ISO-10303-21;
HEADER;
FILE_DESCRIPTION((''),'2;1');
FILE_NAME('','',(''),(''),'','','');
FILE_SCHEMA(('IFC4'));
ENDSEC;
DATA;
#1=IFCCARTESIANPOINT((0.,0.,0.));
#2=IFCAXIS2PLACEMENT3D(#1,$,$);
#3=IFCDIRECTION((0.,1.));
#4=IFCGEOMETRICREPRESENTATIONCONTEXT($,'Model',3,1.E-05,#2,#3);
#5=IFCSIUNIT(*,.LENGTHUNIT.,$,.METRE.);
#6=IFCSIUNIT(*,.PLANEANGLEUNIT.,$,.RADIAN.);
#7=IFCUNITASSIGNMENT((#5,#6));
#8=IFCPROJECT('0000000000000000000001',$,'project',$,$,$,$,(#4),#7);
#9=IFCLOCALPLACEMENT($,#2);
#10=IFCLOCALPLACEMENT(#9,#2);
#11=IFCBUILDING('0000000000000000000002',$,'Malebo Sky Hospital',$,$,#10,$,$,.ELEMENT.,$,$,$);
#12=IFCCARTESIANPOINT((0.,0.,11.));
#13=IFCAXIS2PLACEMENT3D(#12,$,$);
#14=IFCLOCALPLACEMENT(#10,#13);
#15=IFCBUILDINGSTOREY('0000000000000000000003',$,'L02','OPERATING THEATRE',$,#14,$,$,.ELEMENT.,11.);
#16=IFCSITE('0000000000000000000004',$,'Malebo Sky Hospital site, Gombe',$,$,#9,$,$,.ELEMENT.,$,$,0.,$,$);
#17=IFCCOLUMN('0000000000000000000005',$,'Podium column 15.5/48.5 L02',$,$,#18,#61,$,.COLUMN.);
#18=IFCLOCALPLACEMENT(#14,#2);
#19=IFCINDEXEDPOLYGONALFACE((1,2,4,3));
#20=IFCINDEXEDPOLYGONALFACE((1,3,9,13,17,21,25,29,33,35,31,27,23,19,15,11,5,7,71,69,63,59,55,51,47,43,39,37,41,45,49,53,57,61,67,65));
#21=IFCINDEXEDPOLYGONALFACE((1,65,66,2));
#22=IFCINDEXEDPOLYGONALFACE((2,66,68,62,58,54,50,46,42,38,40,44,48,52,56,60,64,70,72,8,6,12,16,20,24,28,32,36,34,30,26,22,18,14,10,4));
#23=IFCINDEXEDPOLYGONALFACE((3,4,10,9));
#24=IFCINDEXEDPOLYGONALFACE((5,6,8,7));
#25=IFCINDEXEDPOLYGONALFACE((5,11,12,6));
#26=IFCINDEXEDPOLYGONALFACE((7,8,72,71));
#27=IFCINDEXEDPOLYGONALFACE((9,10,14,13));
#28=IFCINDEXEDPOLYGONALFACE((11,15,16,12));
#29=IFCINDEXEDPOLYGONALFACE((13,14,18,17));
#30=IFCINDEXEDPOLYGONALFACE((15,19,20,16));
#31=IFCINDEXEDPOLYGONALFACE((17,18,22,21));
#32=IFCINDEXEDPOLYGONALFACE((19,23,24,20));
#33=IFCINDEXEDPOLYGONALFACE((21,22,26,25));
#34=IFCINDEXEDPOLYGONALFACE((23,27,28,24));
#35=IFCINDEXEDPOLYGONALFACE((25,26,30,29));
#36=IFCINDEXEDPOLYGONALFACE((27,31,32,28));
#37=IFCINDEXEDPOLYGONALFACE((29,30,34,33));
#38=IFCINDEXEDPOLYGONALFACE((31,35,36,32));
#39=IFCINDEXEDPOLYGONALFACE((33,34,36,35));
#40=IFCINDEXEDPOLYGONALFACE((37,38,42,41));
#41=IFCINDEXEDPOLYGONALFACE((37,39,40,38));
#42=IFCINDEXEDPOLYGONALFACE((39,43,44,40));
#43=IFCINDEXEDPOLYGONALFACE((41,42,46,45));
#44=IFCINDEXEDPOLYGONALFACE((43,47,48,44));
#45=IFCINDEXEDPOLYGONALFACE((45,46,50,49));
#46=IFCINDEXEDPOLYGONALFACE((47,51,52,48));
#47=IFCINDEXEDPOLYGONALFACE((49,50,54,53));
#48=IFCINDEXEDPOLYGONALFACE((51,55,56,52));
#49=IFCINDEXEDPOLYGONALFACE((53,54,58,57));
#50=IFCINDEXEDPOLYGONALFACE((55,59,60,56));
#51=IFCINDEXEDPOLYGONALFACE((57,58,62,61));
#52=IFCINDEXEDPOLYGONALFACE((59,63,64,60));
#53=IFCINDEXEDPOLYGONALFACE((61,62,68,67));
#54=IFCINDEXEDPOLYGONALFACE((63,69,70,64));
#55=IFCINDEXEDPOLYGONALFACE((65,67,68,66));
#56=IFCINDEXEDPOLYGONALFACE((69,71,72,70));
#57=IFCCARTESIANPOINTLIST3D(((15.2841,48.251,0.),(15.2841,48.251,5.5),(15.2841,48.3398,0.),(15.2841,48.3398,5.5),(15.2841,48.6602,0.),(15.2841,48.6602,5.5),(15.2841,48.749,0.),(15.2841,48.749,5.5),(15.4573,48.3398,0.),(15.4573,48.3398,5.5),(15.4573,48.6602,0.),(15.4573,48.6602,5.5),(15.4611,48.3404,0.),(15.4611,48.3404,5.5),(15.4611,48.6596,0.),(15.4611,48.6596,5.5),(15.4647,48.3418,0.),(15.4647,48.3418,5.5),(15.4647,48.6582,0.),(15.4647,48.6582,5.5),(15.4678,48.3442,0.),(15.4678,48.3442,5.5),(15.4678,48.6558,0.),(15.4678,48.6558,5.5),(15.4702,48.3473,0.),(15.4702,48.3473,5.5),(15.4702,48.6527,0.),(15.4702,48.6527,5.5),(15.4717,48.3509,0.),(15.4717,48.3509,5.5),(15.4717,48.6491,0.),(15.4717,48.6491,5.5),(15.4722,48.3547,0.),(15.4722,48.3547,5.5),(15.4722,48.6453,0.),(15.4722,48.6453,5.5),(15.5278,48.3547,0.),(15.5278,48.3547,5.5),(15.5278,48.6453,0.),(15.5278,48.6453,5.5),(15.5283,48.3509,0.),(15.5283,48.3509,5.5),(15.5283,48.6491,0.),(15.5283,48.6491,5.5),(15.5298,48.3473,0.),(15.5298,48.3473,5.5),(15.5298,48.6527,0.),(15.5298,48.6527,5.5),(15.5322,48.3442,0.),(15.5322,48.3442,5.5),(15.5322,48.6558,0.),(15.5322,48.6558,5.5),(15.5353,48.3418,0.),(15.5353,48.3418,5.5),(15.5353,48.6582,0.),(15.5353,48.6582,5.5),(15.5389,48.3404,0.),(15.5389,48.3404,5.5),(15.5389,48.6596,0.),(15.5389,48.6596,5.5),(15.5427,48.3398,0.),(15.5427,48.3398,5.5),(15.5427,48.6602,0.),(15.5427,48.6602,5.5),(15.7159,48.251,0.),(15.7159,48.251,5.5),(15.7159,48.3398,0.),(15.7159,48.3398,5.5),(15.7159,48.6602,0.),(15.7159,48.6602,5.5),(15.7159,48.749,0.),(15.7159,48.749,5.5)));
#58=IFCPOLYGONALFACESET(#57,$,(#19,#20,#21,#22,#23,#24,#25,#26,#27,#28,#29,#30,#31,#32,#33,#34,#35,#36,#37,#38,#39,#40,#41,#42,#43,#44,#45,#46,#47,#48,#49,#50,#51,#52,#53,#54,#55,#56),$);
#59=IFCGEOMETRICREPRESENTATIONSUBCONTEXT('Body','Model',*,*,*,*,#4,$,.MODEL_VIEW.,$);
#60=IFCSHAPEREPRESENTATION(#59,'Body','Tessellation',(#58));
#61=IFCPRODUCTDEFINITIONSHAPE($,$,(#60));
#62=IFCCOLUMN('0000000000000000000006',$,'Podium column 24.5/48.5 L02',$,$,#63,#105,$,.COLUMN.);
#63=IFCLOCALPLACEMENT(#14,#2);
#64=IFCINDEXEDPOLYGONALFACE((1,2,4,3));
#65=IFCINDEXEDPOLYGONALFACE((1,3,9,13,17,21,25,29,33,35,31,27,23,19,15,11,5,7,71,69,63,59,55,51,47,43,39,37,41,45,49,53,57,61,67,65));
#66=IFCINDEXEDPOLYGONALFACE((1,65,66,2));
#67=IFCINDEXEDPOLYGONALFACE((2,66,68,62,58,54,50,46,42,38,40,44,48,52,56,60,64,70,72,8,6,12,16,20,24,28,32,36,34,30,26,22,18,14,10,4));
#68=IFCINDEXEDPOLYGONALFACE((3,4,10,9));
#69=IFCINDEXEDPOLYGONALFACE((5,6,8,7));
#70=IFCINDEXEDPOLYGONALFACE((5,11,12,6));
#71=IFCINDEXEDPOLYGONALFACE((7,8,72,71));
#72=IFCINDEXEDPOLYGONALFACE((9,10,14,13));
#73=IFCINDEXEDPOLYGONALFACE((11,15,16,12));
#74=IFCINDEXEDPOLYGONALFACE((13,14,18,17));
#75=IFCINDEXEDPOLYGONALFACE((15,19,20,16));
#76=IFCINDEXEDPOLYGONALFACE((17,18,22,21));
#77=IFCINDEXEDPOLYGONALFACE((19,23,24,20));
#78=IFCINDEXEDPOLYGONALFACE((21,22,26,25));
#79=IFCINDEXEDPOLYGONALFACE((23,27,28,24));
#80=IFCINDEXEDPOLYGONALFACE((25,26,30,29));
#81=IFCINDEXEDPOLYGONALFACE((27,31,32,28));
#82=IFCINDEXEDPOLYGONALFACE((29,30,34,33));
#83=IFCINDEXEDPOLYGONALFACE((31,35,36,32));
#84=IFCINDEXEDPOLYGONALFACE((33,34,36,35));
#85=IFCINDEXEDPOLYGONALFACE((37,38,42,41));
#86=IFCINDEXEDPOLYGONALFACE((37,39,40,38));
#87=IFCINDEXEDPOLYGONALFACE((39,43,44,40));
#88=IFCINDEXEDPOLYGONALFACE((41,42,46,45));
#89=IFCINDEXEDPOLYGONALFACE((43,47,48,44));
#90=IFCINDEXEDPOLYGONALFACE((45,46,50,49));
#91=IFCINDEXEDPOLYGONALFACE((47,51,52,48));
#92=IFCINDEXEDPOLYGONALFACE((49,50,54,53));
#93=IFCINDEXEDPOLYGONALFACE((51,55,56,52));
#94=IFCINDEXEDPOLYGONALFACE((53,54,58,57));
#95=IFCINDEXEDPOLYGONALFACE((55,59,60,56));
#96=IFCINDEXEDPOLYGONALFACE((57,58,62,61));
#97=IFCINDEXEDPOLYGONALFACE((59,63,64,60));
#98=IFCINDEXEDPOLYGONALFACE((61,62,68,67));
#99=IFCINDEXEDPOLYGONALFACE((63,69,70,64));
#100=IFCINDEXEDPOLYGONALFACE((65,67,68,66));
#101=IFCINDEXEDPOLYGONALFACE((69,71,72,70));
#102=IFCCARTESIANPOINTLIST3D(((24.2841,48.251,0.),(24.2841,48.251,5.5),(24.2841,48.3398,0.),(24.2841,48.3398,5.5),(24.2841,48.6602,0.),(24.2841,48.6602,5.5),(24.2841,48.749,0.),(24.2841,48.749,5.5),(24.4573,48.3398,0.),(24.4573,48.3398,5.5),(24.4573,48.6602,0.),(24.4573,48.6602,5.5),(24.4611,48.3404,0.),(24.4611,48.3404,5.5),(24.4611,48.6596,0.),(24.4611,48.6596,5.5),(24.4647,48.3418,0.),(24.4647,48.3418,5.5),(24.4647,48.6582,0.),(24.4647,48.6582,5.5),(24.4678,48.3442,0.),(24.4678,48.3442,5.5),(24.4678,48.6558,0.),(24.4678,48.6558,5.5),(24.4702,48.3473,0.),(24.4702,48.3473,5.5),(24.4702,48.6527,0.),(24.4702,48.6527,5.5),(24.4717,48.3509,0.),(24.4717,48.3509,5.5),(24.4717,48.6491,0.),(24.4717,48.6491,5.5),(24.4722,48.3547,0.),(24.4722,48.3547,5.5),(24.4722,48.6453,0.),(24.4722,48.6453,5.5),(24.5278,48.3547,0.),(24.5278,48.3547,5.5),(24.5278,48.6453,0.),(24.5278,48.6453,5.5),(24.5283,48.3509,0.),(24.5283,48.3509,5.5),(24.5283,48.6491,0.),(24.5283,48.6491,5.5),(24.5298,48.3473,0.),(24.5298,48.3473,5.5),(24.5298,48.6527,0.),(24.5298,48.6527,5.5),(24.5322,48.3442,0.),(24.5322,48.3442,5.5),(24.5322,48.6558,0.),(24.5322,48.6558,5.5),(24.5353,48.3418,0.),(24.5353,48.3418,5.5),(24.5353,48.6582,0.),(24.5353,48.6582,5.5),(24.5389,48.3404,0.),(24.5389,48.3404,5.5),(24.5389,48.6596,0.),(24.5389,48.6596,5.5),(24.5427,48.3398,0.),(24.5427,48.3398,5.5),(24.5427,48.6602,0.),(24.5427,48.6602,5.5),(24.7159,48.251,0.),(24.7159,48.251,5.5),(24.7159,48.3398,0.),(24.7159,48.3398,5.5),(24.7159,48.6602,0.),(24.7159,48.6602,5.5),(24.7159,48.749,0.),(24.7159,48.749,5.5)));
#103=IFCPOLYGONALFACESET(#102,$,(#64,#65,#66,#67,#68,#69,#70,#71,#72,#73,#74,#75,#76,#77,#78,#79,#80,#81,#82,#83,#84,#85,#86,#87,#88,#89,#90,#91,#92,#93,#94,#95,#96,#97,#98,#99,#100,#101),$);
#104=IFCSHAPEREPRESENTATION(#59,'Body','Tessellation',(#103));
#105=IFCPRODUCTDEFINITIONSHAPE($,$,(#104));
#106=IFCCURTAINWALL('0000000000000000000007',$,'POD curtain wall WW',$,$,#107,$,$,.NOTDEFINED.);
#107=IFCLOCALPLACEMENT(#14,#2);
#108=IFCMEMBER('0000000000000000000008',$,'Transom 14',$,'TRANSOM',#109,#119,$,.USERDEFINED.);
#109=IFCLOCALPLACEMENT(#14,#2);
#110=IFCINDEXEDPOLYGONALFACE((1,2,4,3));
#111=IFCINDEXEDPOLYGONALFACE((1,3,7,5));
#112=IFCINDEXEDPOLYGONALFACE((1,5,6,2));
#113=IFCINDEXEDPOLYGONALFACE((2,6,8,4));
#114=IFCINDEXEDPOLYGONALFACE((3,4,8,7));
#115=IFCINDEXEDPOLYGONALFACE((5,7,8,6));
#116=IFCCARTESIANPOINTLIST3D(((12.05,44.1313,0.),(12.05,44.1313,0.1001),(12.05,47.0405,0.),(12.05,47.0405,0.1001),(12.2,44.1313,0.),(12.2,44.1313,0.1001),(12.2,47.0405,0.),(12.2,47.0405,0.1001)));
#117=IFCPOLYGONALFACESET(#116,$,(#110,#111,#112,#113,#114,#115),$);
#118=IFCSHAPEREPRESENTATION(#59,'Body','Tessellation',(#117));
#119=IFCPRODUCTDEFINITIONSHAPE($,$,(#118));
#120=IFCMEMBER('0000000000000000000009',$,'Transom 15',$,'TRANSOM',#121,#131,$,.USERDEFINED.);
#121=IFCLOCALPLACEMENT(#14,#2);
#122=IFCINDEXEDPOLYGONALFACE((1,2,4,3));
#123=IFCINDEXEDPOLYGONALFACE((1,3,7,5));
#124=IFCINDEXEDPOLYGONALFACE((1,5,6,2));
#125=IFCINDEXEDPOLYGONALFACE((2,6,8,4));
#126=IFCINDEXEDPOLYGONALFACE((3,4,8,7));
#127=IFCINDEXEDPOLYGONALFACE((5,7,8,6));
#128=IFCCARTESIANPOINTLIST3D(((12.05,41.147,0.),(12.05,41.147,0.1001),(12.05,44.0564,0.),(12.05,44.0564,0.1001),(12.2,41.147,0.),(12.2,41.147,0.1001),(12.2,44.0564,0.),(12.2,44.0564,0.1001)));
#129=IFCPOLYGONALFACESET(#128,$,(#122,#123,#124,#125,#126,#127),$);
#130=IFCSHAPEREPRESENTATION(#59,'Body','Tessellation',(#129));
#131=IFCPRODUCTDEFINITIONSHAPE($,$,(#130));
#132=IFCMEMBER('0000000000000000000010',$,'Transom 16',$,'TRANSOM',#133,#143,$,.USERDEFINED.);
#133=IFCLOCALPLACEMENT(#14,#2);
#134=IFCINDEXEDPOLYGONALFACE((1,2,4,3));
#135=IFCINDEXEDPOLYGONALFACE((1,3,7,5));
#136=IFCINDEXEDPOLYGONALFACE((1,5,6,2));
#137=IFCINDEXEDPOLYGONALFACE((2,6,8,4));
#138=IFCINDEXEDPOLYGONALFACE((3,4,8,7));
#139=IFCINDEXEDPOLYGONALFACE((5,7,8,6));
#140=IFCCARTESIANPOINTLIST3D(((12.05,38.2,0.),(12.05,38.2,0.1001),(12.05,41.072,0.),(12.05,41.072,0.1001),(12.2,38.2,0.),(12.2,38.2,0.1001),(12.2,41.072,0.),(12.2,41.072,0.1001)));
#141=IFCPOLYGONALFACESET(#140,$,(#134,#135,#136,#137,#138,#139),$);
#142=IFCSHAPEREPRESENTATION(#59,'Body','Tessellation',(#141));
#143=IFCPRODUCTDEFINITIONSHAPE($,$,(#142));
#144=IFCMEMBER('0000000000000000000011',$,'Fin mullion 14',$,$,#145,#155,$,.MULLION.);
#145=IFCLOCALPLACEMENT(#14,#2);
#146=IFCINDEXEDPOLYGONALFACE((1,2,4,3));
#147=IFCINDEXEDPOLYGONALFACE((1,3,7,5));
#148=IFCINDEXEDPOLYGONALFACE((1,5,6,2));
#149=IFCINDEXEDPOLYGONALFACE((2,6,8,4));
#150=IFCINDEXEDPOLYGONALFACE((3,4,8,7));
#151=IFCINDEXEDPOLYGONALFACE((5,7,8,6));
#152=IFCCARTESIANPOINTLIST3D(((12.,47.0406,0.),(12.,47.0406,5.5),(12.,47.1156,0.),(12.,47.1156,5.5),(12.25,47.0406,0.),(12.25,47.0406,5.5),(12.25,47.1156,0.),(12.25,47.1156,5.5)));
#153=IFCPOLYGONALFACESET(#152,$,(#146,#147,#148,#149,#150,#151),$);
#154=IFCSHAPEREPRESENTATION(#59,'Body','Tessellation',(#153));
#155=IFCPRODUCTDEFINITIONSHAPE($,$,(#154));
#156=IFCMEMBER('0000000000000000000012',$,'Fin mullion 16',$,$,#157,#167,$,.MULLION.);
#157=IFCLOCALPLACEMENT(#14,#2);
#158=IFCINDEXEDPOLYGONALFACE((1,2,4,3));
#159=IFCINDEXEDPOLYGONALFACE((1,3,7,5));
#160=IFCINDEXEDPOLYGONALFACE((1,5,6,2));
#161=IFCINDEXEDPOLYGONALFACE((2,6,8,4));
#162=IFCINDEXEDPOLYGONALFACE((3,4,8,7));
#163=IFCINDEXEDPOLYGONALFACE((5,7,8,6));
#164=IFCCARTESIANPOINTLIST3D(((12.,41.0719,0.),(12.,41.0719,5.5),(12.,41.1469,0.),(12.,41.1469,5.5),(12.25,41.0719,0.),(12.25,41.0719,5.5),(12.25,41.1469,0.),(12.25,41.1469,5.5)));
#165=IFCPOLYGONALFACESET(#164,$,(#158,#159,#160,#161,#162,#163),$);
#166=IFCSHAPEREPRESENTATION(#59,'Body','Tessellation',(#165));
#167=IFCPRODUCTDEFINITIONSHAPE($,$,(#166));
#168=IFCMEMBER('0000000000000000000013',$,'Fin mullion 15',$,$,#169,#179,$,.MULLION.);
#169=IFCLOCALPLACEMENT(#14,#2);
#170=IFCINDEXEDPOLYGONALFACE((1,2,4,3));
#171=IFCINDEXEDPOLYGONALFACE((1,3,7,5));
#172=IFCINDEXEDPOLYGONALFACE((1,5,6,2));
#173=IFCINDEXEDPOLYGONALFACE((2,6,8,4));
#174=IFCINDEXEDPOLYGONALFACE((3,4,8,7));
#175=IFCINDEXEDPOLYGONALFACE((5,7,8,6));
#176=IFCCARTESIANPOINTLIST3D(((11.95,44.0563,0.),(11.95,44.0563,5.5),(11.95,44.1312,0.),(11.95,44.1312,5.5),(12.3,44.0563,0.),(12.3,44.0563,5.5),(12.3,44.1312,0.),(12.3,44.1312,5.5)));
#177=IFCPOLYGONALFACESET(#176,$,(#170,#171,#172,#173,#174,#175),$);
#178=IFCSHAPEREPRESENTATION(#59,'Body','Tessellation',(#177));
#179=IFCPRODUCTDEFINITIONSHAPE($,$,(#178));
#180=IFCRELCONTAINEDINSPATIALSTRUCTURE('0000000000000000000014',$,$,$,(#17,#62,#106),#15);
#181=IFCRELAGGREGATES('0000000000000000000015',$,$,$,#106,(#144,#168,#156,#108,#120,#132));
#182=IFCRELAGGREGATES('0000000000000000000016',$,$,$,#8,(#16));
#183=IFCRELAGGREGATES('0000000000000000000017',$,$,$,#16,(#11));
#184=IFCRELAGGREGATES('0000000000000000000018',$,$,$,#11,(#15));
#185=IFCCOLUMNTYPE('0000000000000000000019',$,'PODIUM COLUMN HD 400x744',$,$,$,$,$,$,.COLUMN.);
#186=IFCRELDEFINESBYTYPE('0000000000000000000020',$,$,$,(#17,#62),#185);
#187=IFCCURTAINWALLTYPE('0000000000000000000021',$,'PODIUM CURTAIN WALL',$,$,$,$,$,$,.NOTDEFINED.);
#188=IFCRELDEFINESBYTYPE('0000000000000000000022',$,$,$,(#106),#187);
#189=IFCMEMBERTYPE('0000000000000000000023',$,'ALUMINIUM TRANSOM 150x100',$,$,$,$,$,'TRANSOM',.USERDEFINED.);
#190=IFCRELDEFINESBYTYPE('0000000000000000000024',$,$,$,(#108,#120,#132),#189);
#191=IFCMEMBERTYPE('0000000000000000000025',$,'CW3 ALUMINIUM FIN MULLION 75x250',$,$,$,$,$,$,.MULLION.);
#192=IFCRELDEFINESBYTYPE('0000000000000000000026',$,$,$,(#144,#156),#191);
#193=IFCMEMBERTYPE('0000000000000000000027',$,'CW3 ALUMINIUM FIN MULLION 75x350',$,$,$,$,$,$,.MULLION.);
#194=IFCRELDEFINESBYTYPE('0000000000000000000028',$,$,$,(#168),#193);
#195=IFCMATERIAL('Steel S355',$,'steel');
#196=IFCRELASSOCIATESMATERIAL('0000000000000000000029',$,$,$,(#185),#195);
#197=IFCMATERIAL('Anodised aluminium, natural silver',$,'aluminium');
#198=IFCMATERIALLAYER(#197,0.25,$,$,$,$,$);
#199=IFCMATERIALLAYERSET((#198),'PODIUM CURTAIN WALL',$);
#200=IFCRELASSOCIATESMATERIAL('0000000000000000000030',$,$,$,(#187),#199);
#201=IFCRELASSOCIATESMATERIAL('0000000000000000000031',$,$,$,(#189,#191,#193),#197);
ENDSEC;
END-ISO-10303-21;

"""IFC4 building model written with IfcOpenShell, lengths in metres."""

from ifc_helpers import new_model, si_unit, direction, frame, origin, origin_2d, place, context, subcontext, project, spatial, rectangle, i_section, extrude, material, layer, layer_set, material_profile, profile_set, type_object, element, aggregate, save


model = new_model("IFC4")

# Units and contexts
model_context = context("Model", 3, precision=1e-05, world=origin(), true_north=direction((0.0, 1.0)))
body_context = subcontext(model_context, "Body", "Model", "MODEL_VIEW")
ifc_project = project(units=[si_unit("LENGTHUNIT", "METRE"), si_unit("PLANEANGLEUNIT", "RADIAN")], contexts=[model_context])

# Site, building, storey
site_placement = place(None, origin())
site = spatial("IfcSite", under=ifc_project, at=site_placement, Name="Malebo Sky Hospital site, Gombe", CompositionType="ELEMENT", RefElevation=0.0)
building_placement = place(site_placement, origin())
building = spatial("IfcBuilding", under=site, at=building_placement, Name="Malebo Sky Hospital", CompositionType="ELEMENT")
storey_placement = place(building_placement, frame((0.0, 0.0, 11.0)))
storey = spatial("IfcBuildingStorey", under=building, at=storey_placement, Name="L02", Description="OPERATING THEATRE", CompositionType="ELEMENT", Elevation=11.0)

# Columns
ifc_material_1 = material(Name="Steel S355", Category="steel")
ifc_material_profile_1 = material_profile(ifc_material_1, i_section(OverallWidth=0.4319, OverallDepth=0.498, WebThickness=0.0557, FlangeThickness=0.0889, FilletRadius=0.0149, at=origin_2d()), Name="HD 400x744")
ifc_profile_set_1 = profile_set([ifc_material_profile_1], Name="Steel S355")
column_type = type_object("IfcColumnType", Name="PODIUM COLUMN HD 400x744", PredefinedType="COLUMN", material=ifc_profile_set_1)
for number, where, z_axis, x_axis, name in (
    (1, (15.5, 48.5, 0.0), (0.0, 0.0, 1.0), (1.0, 0.0, 0.0), "Podium column 15.5/48.5 L02"),
    (2, (24.5, 48.5, 0.0), (0.0, 0.0, 1.0), (1.0, 0.0, 0.0), "Podium column 24.5/48.5 L02"),
):
    element("IfcColumn", number, at=place(storey_placement, frame(where, z_axis=z_axis, x_axis=x_axis)), inside=storey, type_object=column_type, Name=name, PredefinedType="COLUMN", context=body_context, shape_type="SweptSolid", body=[
        extrude(i_section(OverallWidth=0.4319, OverallDepth=0.498, WebThickness=0.0557, FlangeThickness=0.0889, FilletRadius=0.0149, at=origin_2d()), origin(), (0.0, 0.0, 1.0), 5.5),
    ])

# Curtain wall, members
ifc_material_2 = material(Name="Anodised aluminium, natural silver", Category="aluminium")
ifc_layer_1 = layer(ifc_material_2, 0.25)
ifc_layer_set_1 = layer_set([ifc_layer_1], Name="PODIUM CURTAIN WALL")
curtain_wall_type = type_object("IfcCurtainWallType", Name="PODIUM CURTAIN WALL", PredefinedType="NOTDEFINED", material=ifc_layer_set_1)
curtain_wall_placement = place(storey_placement, origin())
curtain_wall = element("IfcCurtainWall", 3, at=curtain_wall_placement, inside=storey, type_object=curtain_wall_type, Name="POD curtain wall WW", PredefinedType="NOTDEFINED")
ifc_material_profile_2 = material_profile(ifc_material_2, rectangle(XDim=0.1499, YDim=0.1001, at=origin_2d()), Name="ALUMINIUM TRANSOM 150x100")
ifc_profile_set_2 = profile_set([ifc_material_profile_2], Name="Anodised aluminium, natural silver")
member_type_1 = type_object("IfcMemberType", Name="ALUMINIUM TRANSOM 150x100", ElementType="TRANSOM", PredefinedType="USERDEFINED", material=ifc_profile_set_2)
member_1_placement = place(storey_placement, frame((12.125, 47.0405, 0.05), z_axis=(0.0, -1.0, 0.0), x_axis=(1.0, 0.0, 0.0)))
member_1 = element("IfcMember", 4, at=member_1_placement, type_object=member_type_1, Name="Transom 14", ObjectType="TRANSOM", PredefinedType="USERDEFINED", context=body_context, shape_type="SweptSolid", body=[
    extrude(rectangle(XDim=0.1499, YDim=0.1001, at=origin_2d()), origin(), (0.0, 0.0, 1.0), 2.9092),
])
member_2_placement = place(storey_placement, frame((12.125, 44.0564, 0.05), z_axis=(0.0, -1.0, 0.0), x_axis=(1.0, 0.0, 0.0)))
member_2 = element("IfcMember", 5, at=member_2_placement, type_object=member_type_1, Name="Transom 15", ObjectType="TRANSOM", PredefinedType="USERDEFINED", context=body_context, shape_type="SweptSolid", body=[
    extrude(rectangle(XDim=0.1499, YDim=0.1001, at=origin_2d()), origin(), (0.0, 0.0, 1.0), 2.9094),
])
member_3_placement = place(storey_placement, frame((12.125, 41.072, 0.05), z_axis=(0.0, -1.0, 0.0), x_axis=(1.0, 0.0, 0.0)))
member_3 = element("IfcMember", 6, at=member_3_placement, type_object=member_type_1, Name="Transom 16", ObjectType="TRANSOM", PredefinedType="USERDEFINED", context=body_context, shape_type="SweptSolid", body=[
    extrude(rectangle(XDim=0.1499, YDim=0.1001, at=origin_2d()), origin(), (0.0, 0.0, 1.0), 2.8721),
])
ifc_material_profile_3 = material_profile(ifc_material_2, rectangle(XDim=0.075, YDim=0.25, at=origin_2d()), Name="CW3 ALUMINIUM FIN MULLION 75x250")
ifc_profile_set_3 = profile_set([ifc_material_profile_3], Name="Anodised aluminium, natural silver")
member_type_2 = type_object("IfcMemberType", Name="CW3 ALUMINIUM FIN MULLION 75x250", PredefinedType="MULLION", material=ifc_profile_set_3)
member_4_placement = place(storey_placement, frame((12.125, 47.0781, 0.0), z_axis=(0.0, 0.0, 1.0), x_axis=(0.0, -1.0, 0.0)))
member_4 = element("IfcMember", 7, at=member_4_placement, type_object=member_type_2, Name="Fin mullion 14", PredefinedType="MULLION", context=body_context, shape_type="SweptSolid", body=[
    extrude(rectangle(XDim=0.075, YDim=0.25, at=origin_2d()), origin(), (0.0, 0.0, 1.0), 5.5),
])
member_5_placement = place(storey_placement, frame((12.125, 41.1094, 0.0), z_axis=(0.0, 0.0, 1.0), x_axis=(0.0, -1.0, 0.0)))
member_5 = element("IfcMember", 8, at=member_5_placement, type_object=member_type_2, Name="Fin mullion 16", PredefinedType="MULLION", context=body_context, shape_type="SweptSolid", body=[
    extrude(rectangle(XDim=0.075, YDim=0.25, at=origin_2d()), origin(), (0.0, 0.0, 1.0), 5.5),
])
ifc_material_profile_4 = material_profile(ifc_material_2, rectangle(XDim=0.075, YDim=0.3501, at=origin_2d()), Name="CW3 ALUMINIUM FIN MULLION 75x350")
ifc_profile_set_4 = profile_set([ifc_material_profile_4], Name="Anodised aluminium, natural silver")
member_type_3 = type_object("IfcMemberType", Name="CW3 ALUMINIUM FIN MULLION 75x350", PredefinedType="MULLION", material=ifc_profile_set_4)
member_6_placement = place(storey_placement, frame((12.125, 44.0938, 0.0), z_axis=(0.0, 0.0, 1.0), x_axis=(0.0, -1.0, 0.0)))
member_6 = element("IfcMember", 9, at=member_6_placement, type_object=member_type_3, Name="Fin mullion 15", PredefinedType="MULLION", context=body_context, shape_type="SweptSolid", body=[
    extrude(rectangle(XDim=0.075, YDim=0.3501, at=origin_2d()), origin(), (0.0, 0.0, 1.0), 5.5),
])

aggregate(curtain_wall, [member_4, member_6, member_5, member_1, member_2, member_3])

save(model, "model.ifc")
